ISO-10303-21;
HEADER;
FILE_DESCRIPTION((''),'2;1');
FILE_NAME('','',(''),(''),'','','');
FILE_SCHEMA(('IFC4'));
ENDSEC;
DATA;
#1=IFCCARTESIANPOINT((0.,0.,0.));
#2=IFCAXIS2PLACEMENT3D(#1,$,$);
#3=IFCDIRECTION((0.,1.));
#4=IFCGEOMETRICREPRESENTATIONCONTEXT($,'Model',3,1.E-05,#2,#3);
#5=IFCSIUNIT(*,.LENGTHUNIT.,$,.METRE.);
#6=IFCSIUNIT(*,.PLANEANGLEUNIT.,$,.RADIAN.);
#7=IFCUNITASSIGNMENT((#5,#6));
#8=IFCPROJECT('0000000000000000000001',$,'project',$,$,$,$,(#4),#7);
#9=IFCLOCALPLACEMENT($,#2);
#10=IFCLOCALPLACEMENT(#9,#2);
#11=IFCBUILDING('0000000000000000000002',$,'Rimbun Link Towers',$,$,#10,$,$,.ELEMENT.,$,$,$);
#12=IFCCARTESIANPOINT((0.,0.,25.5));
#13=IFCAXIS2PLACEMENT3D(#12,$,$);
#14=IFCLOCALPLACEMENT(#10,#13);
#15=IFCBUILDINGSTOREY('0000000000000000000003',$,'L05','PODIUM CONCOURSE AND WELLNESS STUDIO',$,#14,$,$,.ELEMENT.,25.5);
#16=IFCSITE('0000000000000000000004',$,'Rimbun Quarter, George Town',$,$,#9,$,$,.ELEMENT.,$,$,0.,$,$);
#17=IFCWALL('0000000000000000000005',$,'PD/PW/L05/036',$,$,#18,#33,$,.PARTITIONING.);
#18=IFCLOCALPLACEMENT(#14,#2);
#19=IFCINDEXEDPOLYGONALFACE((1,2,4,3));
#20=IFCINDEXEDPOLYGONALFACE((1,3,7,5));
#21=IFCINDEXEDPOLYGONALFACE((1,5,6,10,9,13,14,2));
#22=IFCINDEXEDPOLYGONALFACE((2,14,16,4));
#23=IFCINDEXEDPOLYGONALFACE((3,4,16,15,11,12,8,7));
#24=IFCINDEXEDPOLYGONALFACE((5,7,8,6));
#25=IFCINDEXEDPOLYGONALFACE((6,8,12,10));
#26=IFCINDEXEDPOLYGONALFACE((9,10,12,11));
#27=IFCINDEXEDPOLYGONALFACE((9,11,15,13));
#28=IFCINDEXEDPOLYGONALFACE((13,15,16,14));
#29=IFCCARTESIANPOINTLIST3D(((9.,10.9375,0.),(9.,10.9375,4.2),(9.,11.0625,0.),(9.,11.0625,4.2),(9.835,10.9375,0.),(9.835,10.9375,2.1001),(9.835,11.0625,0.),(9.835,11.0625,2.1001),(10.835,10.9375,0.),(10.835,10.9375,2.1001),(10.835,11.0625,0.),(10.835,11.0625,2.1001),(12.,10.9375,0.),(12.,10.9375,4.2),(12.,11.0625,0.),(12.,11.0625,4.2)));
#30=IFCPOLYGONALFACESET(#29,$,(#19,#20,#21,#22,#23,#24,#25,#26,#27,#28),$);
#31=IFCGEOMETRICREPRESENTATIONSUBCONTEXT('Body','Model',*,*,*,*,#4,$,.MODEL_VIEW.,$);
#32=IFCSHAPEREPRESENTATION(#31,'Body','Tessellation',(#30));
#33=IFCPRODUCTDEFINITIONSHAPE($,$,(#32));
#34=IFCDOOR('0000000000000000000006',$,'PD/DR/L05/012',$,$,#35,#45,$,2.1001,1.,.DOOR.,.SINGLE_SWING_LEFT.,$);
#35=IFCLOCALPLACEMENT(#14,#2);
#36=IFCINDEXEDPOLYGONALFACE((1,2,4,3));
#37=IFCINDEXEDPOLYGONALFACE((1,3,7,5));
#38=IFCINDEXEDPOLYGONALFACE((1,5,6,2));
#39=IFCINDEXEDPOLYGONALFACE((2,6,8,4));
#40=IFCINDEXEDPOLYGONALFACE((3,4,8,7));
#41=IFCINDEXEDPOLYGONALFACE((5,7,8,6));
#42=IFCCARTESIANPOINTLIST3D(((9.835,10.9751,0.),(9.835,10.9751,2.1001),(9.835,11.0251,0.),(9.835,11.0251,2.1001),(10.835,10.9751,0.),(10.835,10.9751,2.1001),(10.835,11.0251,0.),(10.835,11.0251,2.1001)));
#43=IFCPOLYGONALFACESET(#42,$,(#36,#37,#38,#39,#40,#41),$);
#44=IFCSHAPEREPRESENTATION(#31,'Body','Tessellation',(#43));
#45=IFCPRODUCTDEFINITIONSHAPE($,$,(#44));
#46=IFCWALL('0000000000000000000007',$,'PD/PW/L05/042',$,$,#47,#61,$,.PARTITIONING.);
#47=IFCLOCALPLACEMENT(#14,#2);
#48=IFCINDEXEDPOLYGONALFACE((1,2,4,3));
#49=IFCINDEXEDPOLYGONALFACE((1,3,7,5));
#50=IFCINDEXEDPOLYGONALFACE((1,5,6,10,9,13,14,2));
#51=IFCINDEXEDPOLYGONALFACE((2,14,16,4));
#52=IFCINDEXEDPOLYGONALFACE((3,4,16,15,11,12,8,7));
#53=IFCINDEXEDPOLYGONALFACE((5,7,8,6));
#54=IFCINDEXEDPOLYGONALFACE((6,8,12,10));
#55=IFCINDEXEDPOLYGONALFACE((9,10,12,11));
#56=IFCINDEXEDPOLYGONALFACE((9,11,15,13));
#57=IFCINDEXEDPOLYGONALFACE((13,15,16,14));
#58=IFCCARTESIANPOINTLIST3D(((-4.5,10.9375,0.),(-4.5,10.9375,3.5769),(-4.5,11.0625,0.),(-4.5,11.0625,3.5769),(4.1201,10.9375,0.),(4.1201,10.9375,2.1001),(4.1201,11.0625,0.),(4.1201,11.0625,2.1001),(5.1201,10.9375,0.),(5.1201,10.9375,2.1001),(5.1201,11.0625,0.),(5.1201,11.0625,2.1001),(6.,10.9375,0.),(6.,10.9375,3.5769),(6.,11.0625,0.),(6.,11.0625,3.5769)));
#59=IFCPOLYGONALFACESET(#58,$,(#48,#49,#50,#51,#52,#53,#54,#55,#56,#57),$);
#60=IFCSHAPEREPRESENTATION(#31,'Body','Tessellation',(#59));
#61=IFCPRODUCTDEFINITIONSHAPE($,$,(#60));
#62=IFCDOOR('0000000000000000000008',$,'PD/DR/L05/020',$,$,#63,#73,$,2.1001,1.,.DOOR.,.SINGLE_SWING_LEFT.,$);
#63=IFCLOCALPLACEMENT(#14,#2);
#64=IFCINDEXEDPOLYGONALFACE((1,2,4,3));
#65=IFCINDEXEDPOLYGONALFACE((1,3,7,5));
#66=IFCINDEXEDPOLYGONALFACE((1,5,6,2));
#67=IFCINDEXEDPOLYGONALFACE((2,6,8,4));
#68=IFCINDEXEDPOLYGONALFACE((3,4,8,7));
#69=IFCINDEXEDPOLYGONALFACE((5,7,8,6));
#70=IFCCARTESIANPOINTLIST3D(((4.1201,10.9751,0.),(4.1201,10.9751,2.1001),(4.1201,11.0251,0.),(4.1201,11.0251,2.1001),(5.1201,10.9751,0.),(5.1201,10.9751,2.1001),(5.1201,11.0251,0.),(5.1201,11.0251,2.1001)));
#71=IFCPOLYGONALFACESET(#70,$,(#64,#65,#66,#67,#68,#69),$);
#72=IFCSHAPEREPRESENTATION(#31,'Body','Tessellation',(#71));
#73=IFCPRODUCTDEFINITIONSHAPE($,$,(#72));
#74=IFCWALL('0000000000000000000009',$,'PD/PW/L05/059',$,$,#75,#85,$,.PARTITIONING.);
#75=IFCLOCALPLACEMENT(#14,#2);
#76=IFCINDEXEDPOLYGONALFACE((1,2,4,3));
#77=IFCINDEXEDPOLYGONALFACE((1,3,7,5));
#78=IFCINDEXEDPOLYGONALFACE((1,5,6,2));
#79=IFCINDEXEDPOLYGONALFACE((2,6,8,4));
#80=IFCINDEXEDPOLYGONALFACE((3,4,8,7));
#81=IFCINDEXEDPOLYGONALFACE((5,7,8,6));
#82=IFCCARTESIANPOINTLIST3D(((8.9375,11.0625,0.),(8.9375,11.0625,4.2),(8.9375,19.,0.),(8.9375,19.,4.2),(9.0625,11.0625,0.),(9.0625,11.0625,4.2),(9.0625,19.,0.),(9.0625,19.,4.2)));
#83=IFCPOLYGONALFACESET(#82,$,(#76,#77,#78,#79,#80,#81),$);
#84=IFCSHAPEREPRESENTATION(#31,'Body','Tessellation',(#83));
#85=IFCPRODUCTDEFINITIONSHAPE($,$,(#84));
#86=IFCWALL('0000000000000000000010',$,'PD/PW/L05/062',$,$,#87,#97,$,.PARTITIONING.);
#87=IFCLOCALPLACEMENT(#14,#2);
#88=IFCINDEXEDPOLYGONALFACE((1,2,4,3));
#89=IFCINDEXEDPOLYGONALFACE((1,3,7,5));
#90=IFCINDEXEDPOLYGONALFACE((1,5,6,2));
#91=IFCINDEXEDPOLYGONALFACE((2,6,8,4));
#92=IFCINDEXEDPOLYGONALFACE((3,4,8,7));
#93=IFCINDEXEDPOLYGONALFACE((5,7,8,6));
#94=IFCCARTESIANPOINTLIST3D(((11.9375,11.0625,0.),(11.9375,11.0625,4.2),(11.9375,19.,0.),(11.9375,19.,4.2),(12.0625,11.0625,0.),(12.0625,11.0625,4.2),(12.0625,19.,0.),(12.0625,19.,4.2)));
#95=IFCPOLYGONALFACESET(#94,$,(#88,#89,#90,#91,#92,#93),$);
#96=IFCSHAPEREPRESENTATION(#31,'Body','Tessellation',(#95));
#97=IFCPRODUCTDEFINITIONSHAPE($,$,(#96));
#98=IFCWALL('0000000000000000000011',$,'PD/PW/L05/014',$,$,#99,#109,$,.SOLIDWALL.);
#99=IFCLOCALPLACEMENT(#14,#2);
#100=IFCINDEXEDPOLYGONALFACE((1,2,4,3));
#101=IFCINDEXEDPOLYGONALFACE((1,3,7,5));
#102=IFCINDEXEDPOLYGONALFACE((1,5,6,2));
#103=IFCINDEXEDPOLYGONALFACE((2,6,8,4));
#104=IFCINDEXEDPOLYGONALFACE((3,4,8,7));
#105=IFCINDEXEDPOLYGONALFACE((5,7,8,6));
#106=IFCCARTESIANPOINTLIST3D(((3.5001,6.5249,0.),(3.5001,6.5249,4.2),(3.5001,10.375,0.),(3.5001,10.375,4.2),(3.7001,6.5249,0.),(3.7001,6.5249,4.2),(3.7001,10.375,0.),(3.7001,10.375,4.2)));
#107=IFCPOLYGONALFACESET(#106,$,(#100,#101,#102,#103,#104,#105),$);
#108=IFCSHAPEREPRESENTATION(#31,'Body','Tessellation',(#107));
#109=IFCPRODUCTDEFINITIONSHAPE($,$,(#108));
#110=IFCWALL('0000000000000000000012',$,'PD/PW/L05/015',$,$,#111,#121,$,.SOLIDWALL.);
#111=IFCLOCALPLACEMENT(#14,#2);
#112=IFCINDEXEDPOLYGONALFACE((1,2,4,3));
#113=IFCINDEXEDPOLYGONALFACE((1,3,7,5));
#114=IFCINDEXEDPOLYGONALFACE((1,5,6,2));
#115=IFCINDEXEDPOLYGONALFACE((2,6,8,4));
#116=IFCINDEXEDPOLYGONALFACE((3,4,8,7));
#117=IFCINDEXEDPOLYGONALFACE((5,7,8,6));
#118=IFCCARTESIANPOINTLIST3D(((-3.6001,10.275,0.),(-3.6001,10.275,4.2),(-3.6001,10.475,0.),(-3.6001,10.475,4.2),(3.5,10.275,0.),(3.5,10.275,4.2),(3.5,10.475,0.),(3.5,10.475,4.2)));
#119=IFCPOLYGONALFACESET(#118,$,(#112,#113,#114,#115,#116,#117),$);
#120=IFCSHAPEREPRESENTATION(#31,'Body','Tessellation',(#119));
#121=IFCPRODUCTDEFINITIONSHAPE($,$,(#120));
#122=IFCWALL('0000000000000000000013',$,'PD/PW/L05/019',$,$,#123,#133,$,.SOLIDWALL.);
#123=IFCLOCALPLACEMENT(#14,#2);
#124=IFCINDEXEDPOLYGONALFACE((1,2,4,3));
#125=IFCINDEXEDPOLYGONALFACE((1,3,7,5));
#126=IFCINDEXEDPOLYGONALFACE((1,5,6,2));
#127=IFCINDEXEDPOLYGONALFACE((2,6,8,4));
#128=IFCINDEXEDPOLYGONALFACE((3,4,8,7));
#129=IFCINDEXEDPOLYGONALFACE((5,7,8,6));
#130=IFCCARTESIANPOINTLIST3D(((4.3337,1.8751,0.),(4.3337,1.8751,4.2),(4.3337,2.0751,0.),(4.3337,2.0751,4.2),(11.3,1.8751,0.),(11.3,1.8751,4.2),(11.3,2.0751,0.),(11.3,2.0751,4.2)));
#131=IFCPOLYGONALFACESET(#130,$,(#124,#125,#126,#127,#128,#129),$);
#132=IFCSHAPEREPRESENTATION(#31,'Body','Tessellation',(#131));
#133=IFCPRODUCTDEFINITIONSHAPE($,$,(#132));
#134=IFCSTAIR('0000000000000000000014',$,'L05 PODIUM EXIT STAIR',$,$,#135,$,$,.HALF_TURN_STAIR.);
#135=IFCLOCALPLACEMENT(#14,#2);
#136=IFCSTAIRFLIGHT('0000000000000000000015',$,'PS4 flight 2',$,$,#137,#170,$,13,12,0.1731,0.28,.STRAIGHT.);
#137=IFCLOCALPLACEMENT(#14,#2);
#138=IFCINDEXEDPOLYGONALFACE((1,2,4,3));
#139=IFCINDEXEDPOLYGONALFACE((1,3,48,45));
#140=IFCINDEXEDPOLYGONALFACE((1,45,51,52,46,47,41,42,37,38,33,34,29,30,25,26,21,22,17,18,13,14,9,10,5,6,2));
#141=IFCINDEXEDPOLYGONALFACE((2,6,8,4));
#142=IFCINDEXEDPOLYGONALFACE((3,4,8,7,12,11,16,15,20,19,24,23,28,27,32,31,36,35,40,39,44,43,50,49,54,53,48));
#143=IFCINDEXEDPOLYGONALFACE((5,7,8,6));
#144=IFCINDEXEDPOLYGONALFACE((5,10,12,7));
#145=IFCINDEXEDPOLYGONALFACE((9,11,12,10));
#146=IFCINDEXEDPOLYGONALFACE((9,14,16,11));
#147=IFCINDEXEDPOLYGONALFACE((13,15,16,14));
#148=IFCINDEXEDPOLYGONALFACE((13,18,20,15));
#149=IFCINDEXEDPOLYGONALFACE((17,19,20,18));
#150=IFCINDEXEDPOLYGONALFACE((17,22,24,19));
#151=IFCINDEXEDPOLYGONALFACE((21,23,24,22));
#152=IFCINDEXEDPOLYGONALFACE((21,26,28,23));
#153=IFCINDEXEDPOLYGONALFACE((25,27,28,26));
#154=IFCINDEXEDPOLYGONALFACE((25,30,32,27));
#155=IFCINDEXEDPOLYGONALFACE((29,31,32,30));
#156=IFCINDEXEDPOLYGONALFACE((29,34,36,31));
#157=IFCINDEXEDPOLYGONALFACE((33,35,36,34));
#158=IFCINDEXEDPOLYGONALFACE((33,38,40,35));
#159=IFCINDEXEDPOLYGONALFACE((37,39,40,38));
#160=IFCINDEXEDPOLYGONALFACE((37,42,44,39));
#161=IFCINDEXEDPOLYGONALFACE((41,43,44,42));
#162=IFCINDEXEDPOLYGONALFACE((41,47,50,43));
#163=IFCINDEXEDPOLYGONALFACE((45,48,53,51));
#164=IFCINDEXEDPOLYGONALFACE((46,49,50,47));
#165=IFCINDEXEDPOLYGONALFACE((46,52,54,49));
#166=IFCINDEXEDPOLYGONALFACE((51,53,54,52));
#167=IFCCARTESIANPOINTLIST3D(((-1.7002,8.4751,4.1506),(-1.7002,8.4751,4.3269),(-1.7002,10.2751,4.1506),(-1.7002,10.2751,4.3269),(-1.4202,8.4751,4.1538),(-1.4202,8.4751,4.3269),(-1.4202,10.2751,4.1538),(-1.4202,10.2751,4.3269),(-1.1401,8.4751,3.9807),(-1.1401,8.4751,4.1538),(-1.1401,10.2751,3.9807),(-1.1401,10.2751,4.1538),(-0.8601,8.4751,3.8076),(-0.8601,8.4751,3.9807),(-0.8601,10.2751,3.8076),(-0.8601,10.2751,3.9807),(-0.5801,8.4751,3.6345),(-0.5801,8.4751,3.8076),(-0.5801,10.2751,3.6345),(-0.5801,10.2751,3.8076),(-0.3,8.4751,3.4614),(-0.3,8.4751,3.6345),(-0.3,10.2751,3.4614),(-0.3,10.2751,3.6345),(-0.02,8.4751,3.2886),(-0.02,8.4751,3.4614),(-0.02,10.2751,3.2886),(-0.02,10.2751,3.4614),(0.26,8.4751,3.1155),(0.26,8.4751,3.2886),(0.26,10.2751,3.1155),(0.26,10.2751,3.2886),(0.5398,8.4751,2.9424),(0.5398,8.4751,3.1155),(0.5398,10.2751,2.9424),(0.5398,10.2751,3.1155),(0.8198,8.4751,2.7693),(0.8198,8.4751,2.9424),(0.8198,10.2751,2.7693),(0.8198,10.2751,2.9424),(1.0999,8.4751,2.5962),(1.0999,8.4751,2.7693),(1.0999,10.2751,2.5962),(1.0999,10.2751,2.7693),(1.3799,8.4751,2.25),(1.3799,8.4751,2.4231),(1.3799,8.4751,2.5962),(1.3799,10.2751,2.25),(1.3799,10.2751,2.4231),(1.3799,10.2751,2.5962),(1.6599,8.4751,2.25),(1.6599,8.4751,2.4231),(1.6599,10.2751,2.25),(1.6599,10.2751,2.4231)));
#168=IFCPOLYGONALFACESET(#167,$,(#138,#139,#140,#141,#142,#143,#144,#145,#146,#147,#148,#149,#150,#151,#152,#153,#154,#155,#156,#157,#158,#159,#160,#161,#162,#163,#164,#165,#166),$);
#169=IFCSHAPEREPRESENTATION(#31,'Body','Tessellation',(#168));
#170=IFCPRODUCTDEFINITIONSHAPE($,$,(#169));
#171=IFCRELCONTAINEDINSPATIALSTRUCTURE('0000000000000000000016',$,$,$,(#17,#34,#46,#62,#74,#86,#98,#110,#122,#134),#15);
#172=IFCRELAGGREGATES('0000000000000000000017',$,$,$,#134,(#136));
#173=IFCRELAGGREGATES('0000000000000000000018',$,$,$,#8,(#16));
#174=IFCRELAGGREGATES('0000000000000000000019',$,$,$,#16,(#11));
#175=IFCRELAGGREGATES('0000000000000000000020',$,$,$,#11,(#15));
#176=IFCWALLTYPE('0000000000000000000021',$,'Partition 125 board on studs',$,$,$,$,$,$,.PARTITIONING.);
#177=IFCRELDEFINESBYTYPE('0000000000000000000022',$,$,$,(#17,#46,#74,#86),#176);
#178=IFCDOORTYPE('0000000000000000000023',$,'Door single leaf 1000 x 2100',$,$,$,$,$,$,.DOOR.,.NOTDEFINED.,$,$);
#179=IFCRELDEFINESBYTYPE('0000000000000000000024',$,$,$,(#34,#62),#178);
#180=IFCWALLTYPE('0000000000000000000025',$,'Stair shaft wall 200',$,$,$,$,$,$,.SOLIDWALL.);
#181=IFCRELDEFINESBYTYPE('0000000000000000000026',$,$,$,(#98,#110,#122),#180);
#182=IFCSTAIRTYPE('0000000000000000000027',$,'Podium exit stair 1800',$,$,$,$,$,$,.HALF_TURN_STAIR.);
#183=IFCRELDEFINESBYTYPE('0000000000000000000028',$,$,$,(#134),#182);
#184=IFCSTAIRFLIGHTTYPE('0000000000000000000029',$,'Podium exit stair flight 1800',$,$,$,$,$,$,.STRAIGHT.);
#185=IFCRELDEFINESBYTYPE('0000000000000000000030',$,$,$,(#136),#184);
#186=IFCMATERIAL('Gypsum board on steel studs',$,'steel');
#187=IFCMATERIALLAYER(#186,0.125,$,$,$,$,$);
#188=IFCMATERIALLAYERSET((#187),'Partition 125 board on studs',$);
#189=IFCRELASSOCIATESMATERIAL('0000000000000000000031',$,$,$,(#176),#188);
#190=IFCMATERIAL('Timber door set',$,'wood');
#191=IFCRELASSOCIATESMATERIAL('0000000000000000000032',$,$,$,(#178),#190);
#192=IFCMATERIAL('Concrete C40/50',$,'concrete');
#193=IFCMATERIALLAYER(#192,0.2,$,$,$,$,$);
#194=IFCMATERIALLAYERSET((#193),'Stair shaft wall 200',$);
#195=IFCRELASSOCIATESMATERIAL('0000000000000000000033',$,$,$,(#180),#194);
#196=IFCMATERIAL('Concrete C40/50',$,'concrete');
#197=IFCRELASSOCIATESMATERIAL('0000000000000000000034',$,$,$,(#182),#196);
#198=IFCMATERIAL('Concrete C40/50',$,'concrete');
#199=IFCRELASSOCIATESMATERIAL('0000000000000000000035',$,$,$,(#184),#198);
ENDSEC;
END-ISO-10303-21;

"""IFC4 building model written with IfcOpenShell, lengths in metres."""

from ifc_helpers import new_model, si_unit, direction, frame, frame_2d, origin, place, context, subcontext, project, spatial, polyline, rectangle, outline, extrude, material, layer, layer_set, type_object, element, fill, aggregate, save


model = new_model("IFC4")

# Units and contexts
model_context = context("Model", 3, precision=1e-05, world=origin(), true_north=direction((0.0, 1.0)))
body_context = subcontext(model_context, "Body", "Model", "MODEL_VIEW")
ifc_project = project(units=[si_unit("LENGTHUNIT", "METRE"), si_unit("PLANEANGLEUNIT", "RADIAN")], contexts=[model_context])

# Site, building, storey
site_placement = place(None, origin())
site = spatial("IfcSite", under=ifc_project, at=site_placement, Name="Rimbun Quarter, George Town", CompositionType="ELEMENT", RefElevation=0.0)
building_placement = place(site_placement, origin())
building = spatial("IfcBuilding", under=site, at=building_placement, Name="Rimbun Link Towers", CompositionType="ELEMENT")
storey_placement = place(building_placement, frame((0.0, 0.0, 25.5)))
storey = spatial("IfcBuildingStorey", under=building, at=storey_placement, Name="L05", Description="PODIUM CONCOURSE AND WELLNESS STUDIO", CompositionType="ELEMENT", Elevation=25.5)

# Walls, openings, doors
ifc_material_1 = material(Name="Gypsum board on steel studs", Category="steel")
ifc_layer_1 = layer(ifc_material_1, 0.125)
ifc_layer_set_1 = layer_set([ifc_layer_1], Name="Partition 125 board on studs")
wall_type_1 = type_object("IfcWallType", Name="Partition 125 board on studs", PredefinedType="PARTITIONING", material=ifc_layer_set_1)
ifc_material_2 = material(Name="Timber door set", Category="wood")
door_type = type_object("IfcDoorType", Name="Door single leaf 1000 x 2100", OperationType="NOTDEFINED", PredefinedType="DOOR", material=ifc_material_2)
wall_1_placement = place(storey_placement, frame((12.0, 11.0, 0.0), z_axis=(0.0, 0.0, 1.0), x_axis=(-1.0, 0.0, 0.0)))
wall_1 = element("IfcWall", 1, at=wall_1_placement, inside=storey, type_object=wall_type_1, Name="PD/PW/L05/036", PredefinedType="PARTITIONING", context=body_context, shape_type="SweptSolid", body=[
    extrude(rectangle(XDim=3.0, YDim=0.125, at=frame_2d((1.5, 0.0))), origin(), (0.0, 0.0, 1.0), 4.2),
])
opening_1_placement = place(wall_1_placement, frame((1.165, 0.0, 0.0)))
opening_1 = element("IfcOpeningElement", 2, at=opening_1_placement, cuts=wall_1, PredefinedType="OPENING", context=body_context, shape_type="SweptSolid", body=[
    extrude(rectangle(XDim=1.0, YDim=2.1001, at=frame_2d((0.5, 1.05))), frame((0.0, 0.0725, 0.0), z_axis=(0.0, -1.0, 0.0), x_axis=(1.0, 0.0, 0.0)), (0.0, 0.0, 1.0), 0.145),
])
door_1_placement = place(opening_1_placement, origin())
door_1 = element("IfcDoor", 3, at=door_1_placement, inside=storey, type_object=door_type, Name="PD/DR/L05/012", OperationType="SINGLE_SWING_LEFT", OverallHeight=2.1001, OverallWidth=1.0, PredefinedType="DOOR", context=body_context, shape_type="SweptSolid", body=[
    extrude(rectangle(XDim=1.0, YDim=2.1001, at=frame_2d((0.5, 1.05))), frame((0.0, 0.0249, 0.0), z_axis=(0.0, -1.0, 0.0), x_axis=(1.0, 0.0, 0.0)), (0.0, 0.0, 1.0), 0.05),
])
fill(opening_1, door_1)
wall_2_placement = place(storey_placement, frame((6.0, 11.0, 0.0), z_axis=(0.0, 0.0, 1.0), x_axis=(-1.0, 0.0, 0.0)))
wall_2 = element("IfcWall", 4, at=wall_2_placement, inside=storey, type_object=wall_type_1, Name="PD/PW/L05/042", PredefinedType="PARTITIONING", context=body_context, shape_type="SweptSolid", body=[
    extrude(rectangle(XDim=10.5, YDim=0.125, at=frame_2d((5.25, 0.0))), origin(), (0.0, 0.0, 1.0), 3.5769),
])
opening_2_placement = place(wall_2_placement, frame((0.8799, 0.0, 0.0)))
opening_2 = element("IfcOpeningElement", 5, at=opening_2_placement, cuts=wall_2, PredefinedType="OPENING", context=body_context, shape_type="SweptSolid", body=[
    extrude(rectangle(XDim=1.0, YDim=2.1001, at=frame_2d((0.5, 1.05))), frame((0.0, 0.0725, 0.0), z_axis=(0.0, -1.0, 0.0), x_axis=(1.0, 0.0, 0.0)), (0.0, 0.0, 1.0), 0.145),
])
door_2_placement = place(opening_2_placement, origin())
door_2 = element("IfcDoor", 6, at=door_2_placement, inside=storey, type_object=door_type, Name="PD/DR/L05/020", OperationType="SINGLE_SWING_LEFT", OverallHeight=2.1001, OverallWidth=1.0, PredefinedType="DOOR", context=body_context, shape_type="SweptSolid", body=[
    extrude(rectangle(XDim=1.0, YDim=2.1001, at=frame_2d((0.5, 1.05))), frame((0.0, 0.0249, 0.0), z_axis=(0.0, -1.0, 0.0), x_axis=(1.0, 0.0, 0.0)), (0.0, 0.0, 1.0), 0.05),
])
fill(opening_2, door_2)

# Walls
for number, where, z_axis, x_axis, name in (
    (7, (9.0, 11.0625, 0.0), (0.0, 0.0, 1.0), (0.0, 1.0, 0.0), "PD/PW/L05/059"),
    (8, (12.0, 11.0625, 0.0), (0.0, 0.0, 1.0), (0.0, 1.0, 0.0), "PD/PW/L05/062"),
):
    element("IfcWall", number, at=place(storey_placement, frame(where, z_axis=z_axis, x_axis=x_axis)), inside=storey, type_object=wall_type_1, Name=name, PredefinedType="PARTITIONING", context=body_context, shape_type="SweptSolid", body=[
        extrude(rectangle(XDim=7.9375, YDim=0.125, at=frame_2d((3.9688, 0.0))), origin(), (0.0, 0.0, 1.0), 4.2),
    ])
ifc_material_3 = material(Name="Concrete C40/50", Category="concrete")
ifc_layer_2 = layer(ifc_material_3, 0.2)
ifc_layer_set_2 = layer_set([ifc_layer_2], Name="Stair shaft wall 200")
wall_type_2 = type_object("IfcWallType", Name="Stair shaft wall 200", PredefinedType="SOLIDWALL", material=ifc_layer_set_2)
wall_3_placement = place(storey_placement, frame((3.6001, 6.5249, 0.0), z_axis=(0.0, 0.0, 1.0), x_axis=(0.0, 1.0, 0.0)))
element("IfcWall", 9, at=wall_3_placement, inside=storey, type_object=wall_type_2, Name="PD/PW/L05/014", PredefinedType="SOLIDWALL", context=body_context, shape_type="SweptSolid", body=[
    extrude(rectangle(XDim=3.8501, YDim=0.2, at=frame_2d((1.925, 0.0))), origin(), (0.0, 0.0, 1.0), 4.2),
])
wall_4_placement = place(storey_placement, frame((3.5, 10.375, 0.0), z_axis=(0.0, 0.0, 1.0), x_axis=(-1.0, 0.0, 0.0)))
element("IfcWall", 10, at=wall_4_placement, inside=storey, type_object=wall_type_2, Name="PD/PW/L05/015", PredefinedType="SOLIDWALL", context=body_context, shape_type="SweptSolid", body=[
    extrude(rectangle(XDim=7.1001, YDim=0.2, at=frame_2d((3.55, 0.0))), origin(), (0.0, 0.0, 1.0), 4.2),
])
wall_5_placement = place(storey_placement, frame((11.3, 1.9751, 0.0), z_axis=(0.0, 0.0, 1.0), x_axis=(-1.0, 0.0, 0.0)))
element("IfcWall", 11, at=wall_5_placement, inside=storey, type_object=wall_type_2, Name="PD/PW/L05/019", PredefinedType="SOLIDWALL", context=body_context, shape_type="SweptSolid", body=[
    extrude(rectangle(XDim=6.9663, YDim=0.2, at=frame_2d((3.4832, 0.0))), origin(), (0.0, 0.0, 1.0), 4.2),
])

# Stair, stair flight
ifc_material_4 = material(Name="Concrete C40/50", Category="concrete")
stair_type = type_object("IfcStairType", Name="Podium exit stair 1800", PredefinedType="HALF_TURN_STAIR", material=ifc_material_4)
stair_placement = place(storey_placement, origin())
stair = element("IfcStair", 12, at=stair_placement, inside=storey, type_object=stair_type, Name="L05 PODIUM EXIT STAIR", PredefinedType="HALF_TURN_STAIR")
ifc_material_5 = material(Name="Concrete C40/50", Category="concrete")
stair_flight_type = type_object("IfcStairFlightType", Name="Podium exit stair flight 1800", PredefinedType="STRAIGHT", material=ifc_material_5)
stair_flight_placement = place(storey_placement, frame((1.6599, 9.375, 2.25), z_axis=(0.0, 0.0, 1.0), x_axis=(-1.0, 0.0, 0.0)))
stair_flight = element("IfcStairFlight", 13, at=stair_flight_placement, type_object=stair_flight_type, Name="PS4 flight 2", NumberOfRisers=13, NumberOfTreads=12, PredefinedType="STRAIGHT", RiserHeight=0.1731, TreadLength=0.28, context=body_context, shape_type="SweptSolid", body=[
    extrude(outline(polyline([(0.0, 0.0), (0.0, 0.1731), (0.28, 0.1731), (0.28, 0.3462), (0.5601, 0.3462), (0.5601, 0.5193), (0.8401, 0.5193), (0.8401, 0.6924), (1.1201, 0.6924), (1.1201, 0.8655), (1.3999, 0.8655), (1.3999, 1.0386), (1.6799, 1.0386), (1.6799, 1.2114), (1.96, 1.2114), (1.96, 1.3845), (2.24, 1.3845), (2.24, 1.5576), (2.52, 1.5576), (2.52, 1.7307), (2.8, 1.7307), (2.8, 1.9038), (3.0801, 1.9038), (3.0801, 2.0769), (3.3601, 2.0769), (3.3601, 2.25), (3.3601, 1.9006), (0.28, 0.0), (0.0, 0.0)])), frame((0.0, 0.8999, 0.0), z_axis=(0.0, -1.0, 0.0), x_axis=(1.0, 0.0, 0.0)), (0.0, 0.0, 1.0), 1.8),
])
aggregate(stair, [stair_flight])

save(model, "model.ifc")
